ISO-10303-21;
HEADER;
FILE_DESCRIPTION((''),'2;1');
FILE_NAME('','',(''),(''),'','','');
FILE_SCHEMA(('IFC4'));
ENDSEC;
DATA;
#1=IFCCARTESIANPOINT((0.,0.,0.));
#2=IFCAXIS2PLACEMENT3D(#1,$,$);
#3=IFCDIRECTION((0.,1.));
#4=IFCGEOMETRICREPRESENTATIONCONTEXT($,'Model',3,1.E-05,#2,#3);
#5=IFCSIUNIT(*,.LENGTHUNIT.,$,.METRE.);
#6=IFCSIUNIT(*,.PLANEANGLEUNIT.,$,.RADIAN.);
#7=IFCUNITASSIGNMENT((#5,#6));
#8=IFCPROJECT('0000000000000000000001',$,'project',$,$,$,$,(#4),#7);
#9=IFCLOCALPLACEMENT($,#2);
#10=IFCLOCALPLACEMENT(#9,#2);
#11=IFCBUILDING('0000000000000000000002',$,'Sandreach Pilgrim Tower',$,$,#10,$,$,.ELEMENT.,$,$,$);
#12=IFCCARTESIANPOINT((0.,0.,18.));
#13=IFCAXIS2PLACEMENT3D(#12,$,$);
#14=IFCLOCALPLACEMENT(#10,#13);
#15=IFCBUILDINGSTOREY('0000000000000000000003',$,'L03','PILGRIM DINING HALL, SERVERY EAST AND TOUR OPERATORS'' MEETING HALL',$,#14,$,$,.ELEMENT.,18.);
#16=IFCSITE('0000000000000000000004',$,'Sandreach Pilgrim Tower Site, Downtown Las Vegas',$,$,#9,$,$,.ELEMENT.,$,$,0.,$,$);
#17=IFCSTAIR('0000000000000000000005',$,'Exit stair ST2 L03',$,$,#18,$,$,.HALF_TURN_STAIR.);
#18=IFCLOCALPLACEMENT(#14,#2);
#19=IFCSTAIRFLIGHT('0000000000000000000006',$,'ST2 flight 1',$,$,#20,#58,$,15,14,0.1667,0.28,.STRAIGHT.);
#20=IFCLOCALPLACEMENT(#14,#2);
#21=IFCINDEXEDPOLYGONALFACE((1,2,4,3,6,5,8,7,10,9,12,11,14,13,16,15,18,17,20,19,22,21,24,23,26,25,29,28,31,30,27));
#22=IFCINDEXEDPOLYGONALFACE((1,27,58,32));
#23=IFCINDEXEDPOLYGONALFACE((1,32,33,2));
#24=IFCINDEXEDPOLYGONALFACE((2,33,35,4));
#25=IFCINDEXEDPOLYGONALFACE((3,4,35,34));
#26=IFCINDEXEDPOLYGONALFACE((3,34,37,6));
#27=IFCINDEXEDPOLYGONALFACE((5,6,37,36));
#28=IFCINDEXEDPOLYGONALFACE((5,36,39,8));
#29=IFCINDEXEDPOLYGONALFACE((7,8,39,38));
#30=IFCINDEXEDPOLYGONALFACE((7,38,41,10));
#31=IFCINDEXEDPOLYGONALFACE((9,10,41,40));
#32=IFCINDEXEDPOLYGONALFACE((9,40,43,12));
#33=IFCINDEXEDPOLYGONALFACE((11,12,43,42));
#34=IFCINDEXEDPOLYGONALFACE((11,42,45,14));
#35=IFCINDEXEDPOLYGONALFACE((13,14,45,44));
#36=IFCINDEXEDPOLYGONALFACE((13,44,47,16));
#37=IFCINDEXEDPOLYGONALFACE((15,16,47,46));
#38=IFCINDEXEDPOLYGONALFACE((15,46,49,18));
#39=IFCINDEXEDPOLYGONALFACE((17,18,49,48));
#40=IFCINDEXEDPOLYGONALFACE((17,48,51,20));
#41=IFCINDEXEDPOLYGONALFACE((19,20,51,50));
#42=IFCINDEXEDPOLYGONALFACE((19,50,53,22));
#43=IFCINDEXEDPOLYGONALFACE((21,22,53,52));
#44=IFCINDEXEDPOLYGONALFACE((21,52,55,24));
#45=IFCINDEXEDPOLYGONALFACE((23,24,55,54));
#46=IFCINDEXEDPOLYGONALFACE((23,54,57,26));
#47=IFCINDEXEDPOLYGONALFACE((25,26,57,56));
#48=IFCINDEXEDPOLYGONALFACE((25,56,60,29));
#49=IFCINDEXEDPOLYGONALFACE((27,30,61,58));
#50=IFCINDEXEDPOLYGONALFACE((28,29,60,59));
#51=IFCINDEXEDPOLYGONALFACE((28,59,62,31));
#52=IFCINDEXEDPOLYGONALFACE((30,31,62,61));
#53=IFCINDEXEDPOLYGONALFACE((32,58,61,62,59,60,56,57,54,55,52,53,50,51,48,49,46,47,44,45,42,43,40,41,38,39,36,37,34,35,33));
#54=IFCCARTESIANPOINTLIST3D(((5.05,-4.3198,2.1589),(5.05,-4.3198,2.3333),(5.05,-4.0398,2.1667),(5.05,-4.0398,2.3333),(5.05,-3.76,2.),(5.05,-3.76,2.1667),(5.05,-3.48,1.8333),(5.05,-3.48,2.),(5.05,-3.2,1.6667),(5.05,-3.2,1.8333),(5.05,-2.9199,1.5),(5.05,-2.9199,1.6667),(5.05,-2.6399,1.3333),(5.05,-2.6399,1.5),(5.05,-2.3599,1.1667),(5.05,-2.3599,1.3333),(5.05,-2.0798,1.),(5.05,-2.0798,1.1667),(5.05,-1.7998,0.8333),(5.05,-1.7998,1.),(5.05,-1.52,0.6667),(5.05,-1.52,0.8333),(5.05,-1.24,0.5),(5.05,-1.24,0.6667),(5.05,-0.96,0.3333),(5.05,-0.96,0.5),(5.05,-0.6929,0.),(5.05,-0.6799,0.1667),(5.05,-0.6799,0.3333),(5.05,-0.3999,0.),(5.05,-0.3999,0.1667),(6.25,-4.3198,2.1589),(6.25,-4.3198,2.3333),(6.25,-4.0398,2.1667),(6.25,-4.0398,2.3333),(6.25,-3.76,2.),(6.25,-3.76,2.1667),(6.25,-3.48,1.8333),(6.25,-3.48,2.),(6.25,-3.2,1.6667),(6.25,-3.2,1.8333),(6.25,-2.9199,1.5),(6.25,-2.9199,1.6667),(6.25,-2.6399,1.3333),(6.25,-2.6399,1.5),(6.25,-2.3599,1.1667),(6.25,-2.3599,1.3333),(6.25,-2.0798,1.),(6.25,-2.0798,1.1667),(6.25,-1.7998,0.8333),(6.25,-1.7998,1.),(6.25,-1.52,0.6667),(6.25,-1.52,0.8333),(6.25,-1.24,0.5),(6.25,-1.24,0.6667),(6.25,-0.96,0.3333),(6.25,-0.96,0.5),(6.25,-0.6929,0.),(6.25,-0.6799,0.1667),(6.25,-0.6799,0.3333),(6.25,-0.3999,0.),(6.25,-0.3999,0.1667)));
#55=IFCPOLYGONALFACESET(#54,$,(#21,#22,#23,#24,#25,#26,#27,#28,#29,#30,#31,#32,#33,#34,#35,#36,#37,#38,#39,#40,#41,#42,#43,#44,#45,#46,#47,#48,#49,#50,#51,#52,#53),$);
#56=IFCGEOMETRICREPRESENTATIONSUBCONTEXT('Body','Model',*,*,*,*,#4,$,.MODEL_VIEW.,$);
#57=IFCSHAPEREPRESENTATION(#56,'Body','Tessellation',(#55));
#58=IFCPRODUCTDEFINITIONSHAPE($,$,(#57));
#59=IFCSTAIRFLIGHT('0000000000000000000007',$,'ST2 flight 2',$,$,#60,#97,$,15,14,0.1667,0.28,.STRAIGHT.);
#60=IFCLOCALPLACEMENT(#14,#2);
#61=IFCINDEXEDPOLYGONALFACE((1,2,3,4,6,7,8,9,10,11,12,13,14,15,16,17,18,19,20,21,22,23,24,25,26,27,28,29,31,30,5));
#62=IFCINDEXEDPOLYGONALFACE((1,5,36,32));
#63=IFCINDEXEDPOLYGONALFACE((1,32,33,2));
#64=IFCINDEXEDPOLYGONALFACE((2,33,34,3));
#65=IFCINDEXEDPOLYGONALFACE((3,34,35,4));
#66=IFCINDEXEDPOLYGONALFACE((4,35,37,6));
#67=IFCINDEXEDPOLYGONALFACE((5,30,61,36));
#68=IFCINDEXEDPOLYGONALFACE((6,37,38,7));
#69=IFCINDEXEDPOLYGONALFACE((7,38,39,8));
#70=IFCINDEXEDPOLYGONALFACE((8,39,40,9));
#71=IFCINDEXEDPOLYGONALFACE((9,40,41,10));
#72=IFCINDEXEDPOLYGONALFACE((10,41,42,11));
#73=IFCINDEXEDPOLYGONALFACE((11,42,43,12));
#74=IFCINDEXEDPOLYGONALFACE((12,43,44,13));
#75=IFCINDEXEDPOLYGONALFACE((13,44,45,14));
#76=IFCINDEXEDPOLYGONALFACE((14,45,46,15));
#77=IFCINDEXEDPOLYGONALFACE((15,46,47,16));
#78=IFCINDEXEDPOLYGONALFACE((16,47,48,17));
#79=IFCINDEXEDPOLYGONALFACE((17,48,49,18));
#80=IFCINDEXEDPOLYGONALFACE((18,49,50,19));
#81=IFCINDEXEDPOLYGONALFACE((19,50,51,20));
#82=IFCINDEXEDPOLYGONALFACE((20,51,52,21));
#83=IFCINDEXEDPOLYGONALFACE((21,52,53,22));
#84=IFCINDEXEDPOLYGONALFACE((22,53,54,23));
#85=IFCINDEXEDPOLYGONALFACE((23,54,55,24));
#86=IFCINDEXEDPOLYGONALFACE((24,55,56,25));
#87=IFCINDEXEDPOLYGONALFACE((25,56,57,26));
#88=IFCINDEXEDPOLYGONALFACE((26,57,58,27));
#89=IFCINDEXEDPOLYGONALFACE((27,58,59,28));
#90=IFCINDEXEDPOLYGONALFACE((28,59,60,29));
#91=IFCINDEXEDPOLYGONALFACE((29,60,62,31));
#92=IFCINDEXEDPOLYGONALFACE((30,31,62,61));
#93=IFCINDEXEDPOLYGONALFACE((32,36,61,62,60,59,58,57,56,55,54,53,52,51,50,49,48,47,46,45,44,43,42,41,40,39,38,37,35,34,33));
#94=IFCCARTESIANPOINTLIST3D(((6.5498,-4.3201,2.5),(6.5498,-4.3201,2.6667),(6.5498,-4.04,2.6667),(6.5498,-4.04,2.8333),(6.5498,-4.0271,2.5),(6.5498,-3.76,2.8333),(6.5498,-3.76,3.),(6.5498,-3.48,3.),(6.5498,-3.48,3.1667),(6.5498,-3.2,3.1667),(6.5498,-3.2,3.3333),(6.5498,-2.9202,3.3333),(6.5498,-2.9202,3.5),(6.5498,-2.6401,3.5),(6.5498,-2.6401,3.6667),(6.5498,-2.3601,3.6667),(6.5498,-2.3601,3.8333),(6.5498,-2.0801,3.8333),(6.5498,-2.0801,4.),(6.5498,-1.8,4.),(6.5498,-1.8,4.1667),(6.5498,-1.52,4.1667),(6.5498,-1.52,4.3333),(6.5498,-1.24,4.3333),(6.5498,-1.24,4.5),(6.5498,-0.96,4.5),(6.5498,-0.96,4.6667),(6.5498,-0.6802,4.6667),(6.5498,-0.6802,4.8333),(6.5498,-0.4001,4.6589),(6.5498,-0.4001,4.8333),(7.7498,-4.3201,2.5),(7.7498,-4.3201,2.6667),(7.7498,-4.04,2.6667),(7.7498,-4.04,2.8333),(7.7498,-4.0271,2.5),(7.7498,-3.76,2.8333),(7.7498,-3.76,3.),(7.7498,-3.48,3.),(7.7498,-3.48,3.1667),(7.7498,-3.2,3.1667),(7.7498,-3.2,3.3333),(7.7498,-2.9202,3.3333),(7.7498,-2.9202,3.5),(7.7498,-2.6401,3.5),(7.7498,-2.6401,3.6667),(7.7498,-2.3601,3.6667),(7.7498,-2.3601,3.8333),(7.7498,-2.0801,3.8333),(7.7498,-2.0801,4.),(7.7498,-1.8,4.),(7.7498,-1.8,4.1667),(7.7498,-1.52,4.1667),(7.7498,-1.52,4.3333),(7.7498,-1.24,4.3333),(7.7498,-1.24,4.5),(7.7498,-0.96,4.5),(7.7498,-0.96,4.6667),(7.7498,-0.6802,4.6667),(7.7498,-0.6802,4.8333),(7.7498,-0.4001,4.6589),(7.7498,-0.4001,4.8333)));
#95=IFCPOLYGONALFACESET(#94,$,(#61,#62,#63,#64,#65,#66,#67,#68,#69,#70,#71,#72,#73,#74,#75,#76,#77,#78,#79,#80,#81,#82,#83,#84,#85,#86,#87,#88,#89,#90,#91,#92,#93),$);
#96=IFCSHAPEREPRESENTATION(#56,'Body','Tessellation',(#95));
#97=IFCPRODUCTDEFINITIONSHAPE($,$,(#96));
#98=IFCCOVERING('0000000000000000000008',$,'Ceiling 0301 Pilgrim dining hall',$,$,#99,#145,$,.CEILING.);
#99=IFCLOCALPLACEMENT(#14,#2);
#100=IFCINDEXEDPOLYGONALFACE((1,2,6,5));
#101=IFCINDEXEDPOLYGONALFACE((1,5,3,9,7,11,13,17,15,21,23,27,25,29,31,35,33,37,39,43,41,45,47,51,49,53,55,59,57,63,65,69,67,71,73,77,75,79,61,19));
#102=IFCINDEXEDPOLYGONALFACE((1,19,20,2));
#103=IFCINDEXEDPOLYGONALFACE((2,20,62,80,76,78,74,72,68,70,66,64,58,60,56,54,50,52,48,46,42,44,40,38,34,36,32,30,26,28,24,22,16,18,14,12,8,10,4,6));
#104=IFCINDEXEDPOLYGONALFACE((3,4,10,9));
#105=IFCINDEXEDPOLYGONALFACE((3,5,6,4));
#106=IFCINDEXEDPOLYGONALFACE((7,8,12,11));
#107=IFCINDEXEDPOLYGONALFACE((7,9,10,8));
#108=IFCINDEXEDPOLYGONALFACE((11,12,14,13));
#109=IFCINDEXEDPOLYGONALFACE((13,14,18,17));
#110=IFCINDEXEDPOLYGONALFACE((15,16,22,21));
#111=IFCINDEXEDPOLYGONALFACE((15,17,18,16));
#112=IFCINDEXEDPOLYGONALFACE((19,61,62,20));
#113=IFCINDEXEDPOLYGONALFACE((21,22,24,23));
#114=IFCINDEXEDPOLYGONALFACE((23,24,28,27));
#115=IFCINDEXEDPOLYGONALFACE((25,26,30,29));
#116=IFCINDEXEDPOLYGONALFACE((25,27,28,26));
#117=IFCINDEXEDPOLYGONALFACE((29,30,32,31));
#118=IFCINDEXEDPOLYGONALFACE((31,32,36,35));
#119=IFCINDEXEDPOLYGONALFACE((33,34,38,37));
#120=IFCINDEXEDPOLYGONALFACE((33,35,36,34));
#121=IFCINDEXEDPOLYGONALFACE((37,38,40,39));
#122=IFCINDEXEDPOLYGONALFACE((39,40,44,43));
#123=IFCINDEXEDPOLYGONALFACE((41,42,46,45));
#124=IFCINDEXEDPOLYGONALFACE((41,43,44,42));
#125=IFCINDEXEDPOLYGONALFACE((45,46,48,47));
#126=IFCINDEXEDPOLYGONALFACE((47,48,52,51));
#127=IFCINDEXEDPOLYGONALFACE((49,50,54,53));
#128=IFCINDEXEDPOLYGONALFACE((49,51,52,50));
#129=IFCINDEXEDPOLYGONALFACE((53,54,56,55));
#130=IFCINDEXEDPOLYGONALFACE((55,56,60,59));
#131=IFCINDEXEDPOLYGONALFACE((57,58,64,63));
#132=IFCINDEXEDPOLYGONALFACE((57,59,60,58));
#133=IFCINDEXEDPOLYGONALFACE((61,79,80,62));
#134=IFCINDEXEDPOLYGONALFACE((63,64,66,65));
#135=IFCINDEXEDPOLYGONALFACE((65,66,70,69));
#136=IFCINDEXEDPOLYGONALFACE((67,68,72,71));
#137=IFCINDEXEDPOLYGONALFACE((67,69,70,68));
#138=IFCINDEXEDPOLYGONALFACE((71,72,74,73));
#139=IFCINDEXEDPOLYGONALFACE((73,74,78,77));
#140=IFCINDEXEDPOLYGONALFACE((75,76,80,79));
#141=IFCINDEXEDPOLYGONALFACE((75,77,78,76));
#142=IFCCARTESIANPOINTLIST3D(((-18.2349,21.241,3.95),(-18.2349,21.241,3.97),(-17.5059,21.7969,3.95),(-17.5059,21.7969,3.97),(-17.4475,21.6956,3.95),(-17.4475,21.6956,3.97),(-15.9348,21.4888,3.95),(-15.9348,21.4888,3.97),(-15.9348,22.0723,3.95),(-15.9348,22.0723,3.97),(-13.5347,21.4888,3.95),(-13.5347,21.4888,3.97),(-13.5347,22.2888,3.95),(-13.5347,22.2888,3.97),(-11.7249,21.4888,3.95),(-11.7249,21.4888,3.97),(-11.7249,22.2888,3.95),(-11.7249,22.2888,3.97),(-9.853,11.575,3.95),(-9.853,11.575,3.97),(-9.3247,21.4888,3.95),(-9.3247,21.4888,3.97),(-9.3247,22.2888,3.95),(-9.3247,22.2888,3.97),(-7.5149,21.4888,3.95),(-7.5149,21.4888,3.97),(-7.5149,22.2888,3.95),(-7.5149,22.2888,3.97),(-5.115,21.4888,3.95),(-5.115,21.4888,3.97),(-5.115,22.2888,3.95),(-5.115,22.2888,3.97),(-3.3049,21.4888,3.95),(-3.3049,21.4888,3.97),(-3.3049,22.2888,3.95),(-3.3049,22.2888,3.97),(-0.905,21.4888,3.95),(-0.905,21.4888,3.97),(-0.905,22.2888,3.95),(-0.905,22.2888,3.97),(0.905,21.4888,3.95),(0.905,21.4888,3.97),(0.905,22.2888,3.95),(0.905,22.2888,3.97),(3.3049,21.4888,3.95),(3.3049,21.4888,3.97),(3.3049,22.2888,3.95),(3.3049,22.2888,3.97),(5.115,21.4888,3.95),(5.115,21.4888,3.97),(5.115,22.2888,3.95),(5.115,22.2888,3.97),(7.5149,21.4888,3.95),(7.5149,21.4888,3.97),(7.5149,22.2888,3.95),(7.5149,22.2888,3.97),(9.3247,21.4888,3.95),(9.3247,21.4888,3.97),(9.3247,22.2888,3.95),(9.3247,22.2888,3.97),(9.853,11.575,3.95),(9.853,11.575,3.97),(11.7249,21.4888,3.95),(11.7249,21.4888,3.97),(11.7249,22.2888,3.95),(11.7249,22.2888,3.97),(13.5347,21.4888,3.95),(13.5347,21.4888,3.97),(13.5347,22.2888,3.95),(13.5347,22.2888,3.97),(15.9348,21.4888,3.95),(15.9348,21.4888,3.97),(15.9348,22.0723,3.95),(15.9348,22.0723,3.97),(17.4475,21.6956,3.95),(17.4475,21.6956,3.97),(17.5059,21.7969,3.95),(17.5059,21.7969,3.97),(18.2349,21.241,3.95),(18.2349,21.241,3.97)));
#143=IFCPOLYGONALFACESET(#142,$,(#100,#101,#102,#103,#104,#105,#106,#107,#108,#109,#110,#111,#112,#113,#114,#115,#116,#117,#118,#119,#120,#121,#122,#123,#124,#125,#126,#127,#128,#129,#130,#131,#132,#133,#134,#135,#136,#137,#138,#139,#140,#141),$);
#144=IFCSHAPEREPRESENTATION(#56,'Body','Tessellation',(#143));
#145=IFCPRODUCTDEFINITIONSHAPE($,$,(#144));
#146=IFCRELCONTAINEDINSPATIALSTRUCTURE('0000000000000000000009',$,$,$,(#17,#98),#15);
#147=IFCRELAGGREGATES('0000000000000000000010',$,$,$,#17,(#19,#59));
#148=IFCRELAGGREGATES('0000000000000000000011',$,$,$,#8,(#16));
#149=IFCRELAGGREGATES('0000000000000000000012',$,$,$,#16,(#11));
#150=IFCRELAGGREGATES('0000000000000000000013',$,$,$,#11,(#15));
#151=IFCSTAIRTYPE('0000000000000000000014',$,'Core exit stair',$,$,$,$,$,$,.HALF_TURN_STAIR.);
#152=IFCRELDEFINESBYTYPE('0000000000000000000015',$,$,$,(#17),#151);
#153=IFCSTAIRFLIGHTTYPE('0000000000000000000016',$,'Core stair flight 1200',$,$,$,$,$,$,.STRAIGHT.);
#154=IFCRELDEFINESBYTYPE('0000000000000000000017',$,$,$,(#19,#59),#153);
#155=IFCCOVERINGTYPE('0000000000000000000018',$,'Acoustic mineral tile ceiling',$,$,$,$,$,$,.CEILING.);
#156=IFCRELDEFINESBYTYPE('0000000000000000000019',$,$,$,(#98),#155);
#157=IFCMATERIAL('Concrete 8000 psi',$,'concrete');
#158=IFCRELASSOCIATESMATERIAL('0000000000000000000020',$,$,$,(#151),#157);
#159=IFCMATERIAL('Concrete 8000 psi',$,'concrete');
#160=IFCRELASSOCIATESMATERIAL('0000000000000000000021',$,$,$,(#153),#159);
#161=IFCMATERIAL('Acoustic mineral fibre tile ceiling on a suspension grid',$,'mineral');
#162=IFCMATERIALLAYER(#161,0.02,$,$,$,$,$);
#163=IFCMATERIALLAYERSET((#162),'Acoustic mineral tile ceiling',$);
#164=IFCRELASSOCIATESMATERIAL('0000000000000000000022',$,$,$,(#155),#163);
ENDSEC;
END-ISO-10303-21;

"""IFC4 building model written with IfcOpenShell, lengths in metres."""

from ifc_helpers import new_model, si_unit, direction, frame, origin, place, context, subcontext, project, spatial, polyline, outline, extrude, material, layer, layer_set, type_object, element, aggregate, save


model = new_model("IFC4")

# Units and contexts
model_context = context("Model", 3, precision=1e-05, world=origin(), true_north=direction((0.0, 1.0)))
body_context = subcontext(model_context, "Body", "Model", "MODEL_VIEW")
ifc_project = project(units=[si_unit("LENGTHUNIT", "METRE"), si_unit("PLANEANGLEUNIT", "RADIAN")], contexts=[model_context])

# Site, building, storey
site_placement = place(None, origin())
site = spatial("IfcSite", under=ifc_project, at=site_placement, Name="Sandreach Pilgrim Tower Site, Downtown Las Vegas", CompositionType="ELEMENT", RefElevation=0.0)
building_placement = place(site_placement, origin())
building = spatial("IfcBuilding", under=site, at=building_placement, Name="Sandreach Pilgrim Tower", CompositionType="ELEMENT")
storey_placement = place(building_placement, frame((0.0, 0.0, 18.0)))
storey = spatial("IfcBuildingStorey", under=building, at=storey_placement, Name="L03", Description="PILGRIM DINING HALL, SERVERY EAST AND TOUR OPERATORS' MEETING HALL", CompositionType="ELEMENT", Elevation=18.0)

# Shared definitions
ifc_material_1 = material(Name="Concrete 8000 psi", Category="concrete")
stair_type = type_object("IfcStairType", Name="Core exit stair", PredefinedType="HALF_TURN_STAIR", material=ifc_material_1)
ifc_material_2 = material(Name="Concrete 8000 psi", Category="concrete")
stair_flight_type = type_object("IfcStairFlightType", Name="Core stair flight 1200", PredefinedType="STRAIGHT", material=ifc_material_2)

# Stair, stair flights
stair_1_placement = place(storey_placement, origin())
stair_1 = element("IfcStair", 1, at=stair_1_placement, inside=storey, type_object=stair_type, Name="Exit stair ST2 L03", PredefinedType="HALF_TURN_STAIR")
stair_flight_1_placement = place(storey_placement, frame((5.6499, -0.3999, 0.0), z_axis=(0.0, 0.0, 1.0), x_axis=(0.0, -1.0, 0.0)))
stair_flight_1 = element("IfcStairFlight", 2, at=stair_flight_1_placement, type_object=stair_flight_type, Name="ST2 flight 1", NumberOfRisers=15, NumberOfTreads=14, PredefinedType="STRAIGHT", RiserHeight=0.1667, TreadLength=0.28, context=body_context, shape_type="SweptSolid", body=[
    extrude(outline(polyline([(0.0, 0.0), (0.0, 0.1667), (0.28, 0.1667), (0.28, 0.3333), (0.5601, 0.3333), (0.5601, 0.5), (0.8401, 0.5), (0.8401, 0.6667), (1.1201, 0.6667), (1.1201, 0.8333), (1.3999, 0.8333), (1.3999, 1.0), (1.6799, 1.0), (1.6799, 1.1667), (1.96, 1.1667), (1.96, 1.3333), (2.24, 1.3333), (2.24, 1.5), (2.52, 1.5), (2.52, 1.6667), (2.8, 1.6667), (2.8, 1.8333), (3.0801, 1.8333), (3.0801, 2.0), (3.3601, 2.0), (3.3601, 2.1667), (3.6399, 2.1667), (3.6399, 2.3333), (3.9199, 2.3333), (3.9199, 2.5), (3.9199, 2.1589), (0.293, 0.0), (0.0, 0.0)])), frame((0.0, 0.6001, 0.0), z_axis=(0.0, -1.0, 0.0), x_axis=(1.0, 0.0, 0.0)), (0.0, 0.0, 1.0), 1.2),
])
stair_flight_2_placement = place(storey_placement, frame((7.1499, -4.3201, 2.5), z_axis=(0.0, 0.0, 1.0), x_axis=(0.0, 1.0, 0.0)))
stair_flight_2 = element("IfcStairFlight", 3, at=stair_flight_2_placement, type_object=stair_flight_type, Name="ST2 flight 2", NumberOfRisers=15, NumberOfTreads=14, PredefinedType="STRAIGHT", RiserHeight=0.1667, TreadLength=0.28, context=body_context, shape_type="SweptSolid", body=[
    extrude(outline(polyline([(0.0, 0.0), (0.0, 0.1667), (0.28, 0.1667), (0.28, 0.3333), (0.5601, 0.3333), (0.5601, 0.5), (0.8401, 0.5), (0.8401, 0.6667), (1.1201, 0.6667), (1.1201, 0.8333), (1.3999, 0.8333), (1.3999, 1.0), (1.6799, 1.0), (1.6799, 1.1667), (1.96, 1.1667), (1.96, 1.3333), (2.24, 1.3333), (2.24, 1.5), (2.52, 1.5), (2.52, 1.6667), (2.8, 1.6667), (2.8, 1.8333), (3.0801, 1.8333), (3.0801, 2.0), (3.3601, 2.0), (3.3601, 2.1667), (3.6399, 2.1667), (3.6399, 2.3333), (3.9199, 2.3333), (3.9199, 2.5), (3.9199, 2.1589), (0.293, 0.0), (0.0, 0.0)])), frame((0.0, 0.6001, 0.0), z_axis=(0.0, -1.0, 0.0), x_axis=(1.0, 0.0, 0.0)), (0.0, 0.0, 1.0), 1.2),
])
aggregate(stair_1, [stair_flight_1, stair_flight_2])

# Covering
ifc_material_3 = material(Name="Acoustic mineral fibre tile ceiling on a suspension grid", Category="mineral")
ifc_layer_1 = layer(ifc_material_3, 0.02)
ifc_layer_set_1 = layer_set([ifc_layer_1], Name="Acoustic mineral tile ceiling")
covering_type_1 = type_object("IfcCoveringType", Name="Acoustic mineral tile ceiling", PredefinedType="CEILING", material=ifc_layer_set_1)
covering_1_placement = place(storey_placement, frame((0.0, 0.0, 3.95)))
element("IfcCovering", 4, at=covering_1_placement, inside=storey, type_object=covering_type_1, Name="Ceiling 0301 Pilgrim dining hall", PredefinedType="CEILING", context=body_context, shape_type="SweptSolid", body=[
    extrude(outline(polyline([(-15.9348, 22.0723), (-15.9348, 21.4888), (-13.5347, 21.4888), (-13.5347, 22.2888), (-11.7249, 22.2888), (-11.7249, 21.4888), (-9.3247, 21.4888), (-9.3247, 22.2888), (-7.5149, 22.2888), (-7.5149, 21.4888), (-5.115, 21.4888), (-5.115, 22.2888), (-3.3049, 22.2888), (-3.3049, 21.4888), (-0.905, 21.4888), (-0.905, 22.2888), (0.905, 22.2888), (0.905, 21.4888), (3.3049, 21.4888), (3.3049, 22.2888), (5.115, 22.2888), (5.115, 21.4888), (7.5149, 21.4888), (7.5149, 22.2888), (9.3247, 22.2888), (9.3247, 21.4888), (11.7249, 21.4888), (11.7249, 22.2888), (13.5347, 22.2888), (13.5347, 21.4888), (15.9348, 21.4888), (15.9348, 22.0723), (17.5059, 21.7969), (17.4475, 21.6956), (18.2349, 21.241), (9.853, 11.575), (-9.853, 11.575), (-18.2349, 21.241), (-17.4475, 21.6956), (-17.5059, 21.7969), (-15.9348, 22.0723)])), origin(), (0.0, 0.0, 1.0), 0.02),
])

save(model, "model.ifc")
